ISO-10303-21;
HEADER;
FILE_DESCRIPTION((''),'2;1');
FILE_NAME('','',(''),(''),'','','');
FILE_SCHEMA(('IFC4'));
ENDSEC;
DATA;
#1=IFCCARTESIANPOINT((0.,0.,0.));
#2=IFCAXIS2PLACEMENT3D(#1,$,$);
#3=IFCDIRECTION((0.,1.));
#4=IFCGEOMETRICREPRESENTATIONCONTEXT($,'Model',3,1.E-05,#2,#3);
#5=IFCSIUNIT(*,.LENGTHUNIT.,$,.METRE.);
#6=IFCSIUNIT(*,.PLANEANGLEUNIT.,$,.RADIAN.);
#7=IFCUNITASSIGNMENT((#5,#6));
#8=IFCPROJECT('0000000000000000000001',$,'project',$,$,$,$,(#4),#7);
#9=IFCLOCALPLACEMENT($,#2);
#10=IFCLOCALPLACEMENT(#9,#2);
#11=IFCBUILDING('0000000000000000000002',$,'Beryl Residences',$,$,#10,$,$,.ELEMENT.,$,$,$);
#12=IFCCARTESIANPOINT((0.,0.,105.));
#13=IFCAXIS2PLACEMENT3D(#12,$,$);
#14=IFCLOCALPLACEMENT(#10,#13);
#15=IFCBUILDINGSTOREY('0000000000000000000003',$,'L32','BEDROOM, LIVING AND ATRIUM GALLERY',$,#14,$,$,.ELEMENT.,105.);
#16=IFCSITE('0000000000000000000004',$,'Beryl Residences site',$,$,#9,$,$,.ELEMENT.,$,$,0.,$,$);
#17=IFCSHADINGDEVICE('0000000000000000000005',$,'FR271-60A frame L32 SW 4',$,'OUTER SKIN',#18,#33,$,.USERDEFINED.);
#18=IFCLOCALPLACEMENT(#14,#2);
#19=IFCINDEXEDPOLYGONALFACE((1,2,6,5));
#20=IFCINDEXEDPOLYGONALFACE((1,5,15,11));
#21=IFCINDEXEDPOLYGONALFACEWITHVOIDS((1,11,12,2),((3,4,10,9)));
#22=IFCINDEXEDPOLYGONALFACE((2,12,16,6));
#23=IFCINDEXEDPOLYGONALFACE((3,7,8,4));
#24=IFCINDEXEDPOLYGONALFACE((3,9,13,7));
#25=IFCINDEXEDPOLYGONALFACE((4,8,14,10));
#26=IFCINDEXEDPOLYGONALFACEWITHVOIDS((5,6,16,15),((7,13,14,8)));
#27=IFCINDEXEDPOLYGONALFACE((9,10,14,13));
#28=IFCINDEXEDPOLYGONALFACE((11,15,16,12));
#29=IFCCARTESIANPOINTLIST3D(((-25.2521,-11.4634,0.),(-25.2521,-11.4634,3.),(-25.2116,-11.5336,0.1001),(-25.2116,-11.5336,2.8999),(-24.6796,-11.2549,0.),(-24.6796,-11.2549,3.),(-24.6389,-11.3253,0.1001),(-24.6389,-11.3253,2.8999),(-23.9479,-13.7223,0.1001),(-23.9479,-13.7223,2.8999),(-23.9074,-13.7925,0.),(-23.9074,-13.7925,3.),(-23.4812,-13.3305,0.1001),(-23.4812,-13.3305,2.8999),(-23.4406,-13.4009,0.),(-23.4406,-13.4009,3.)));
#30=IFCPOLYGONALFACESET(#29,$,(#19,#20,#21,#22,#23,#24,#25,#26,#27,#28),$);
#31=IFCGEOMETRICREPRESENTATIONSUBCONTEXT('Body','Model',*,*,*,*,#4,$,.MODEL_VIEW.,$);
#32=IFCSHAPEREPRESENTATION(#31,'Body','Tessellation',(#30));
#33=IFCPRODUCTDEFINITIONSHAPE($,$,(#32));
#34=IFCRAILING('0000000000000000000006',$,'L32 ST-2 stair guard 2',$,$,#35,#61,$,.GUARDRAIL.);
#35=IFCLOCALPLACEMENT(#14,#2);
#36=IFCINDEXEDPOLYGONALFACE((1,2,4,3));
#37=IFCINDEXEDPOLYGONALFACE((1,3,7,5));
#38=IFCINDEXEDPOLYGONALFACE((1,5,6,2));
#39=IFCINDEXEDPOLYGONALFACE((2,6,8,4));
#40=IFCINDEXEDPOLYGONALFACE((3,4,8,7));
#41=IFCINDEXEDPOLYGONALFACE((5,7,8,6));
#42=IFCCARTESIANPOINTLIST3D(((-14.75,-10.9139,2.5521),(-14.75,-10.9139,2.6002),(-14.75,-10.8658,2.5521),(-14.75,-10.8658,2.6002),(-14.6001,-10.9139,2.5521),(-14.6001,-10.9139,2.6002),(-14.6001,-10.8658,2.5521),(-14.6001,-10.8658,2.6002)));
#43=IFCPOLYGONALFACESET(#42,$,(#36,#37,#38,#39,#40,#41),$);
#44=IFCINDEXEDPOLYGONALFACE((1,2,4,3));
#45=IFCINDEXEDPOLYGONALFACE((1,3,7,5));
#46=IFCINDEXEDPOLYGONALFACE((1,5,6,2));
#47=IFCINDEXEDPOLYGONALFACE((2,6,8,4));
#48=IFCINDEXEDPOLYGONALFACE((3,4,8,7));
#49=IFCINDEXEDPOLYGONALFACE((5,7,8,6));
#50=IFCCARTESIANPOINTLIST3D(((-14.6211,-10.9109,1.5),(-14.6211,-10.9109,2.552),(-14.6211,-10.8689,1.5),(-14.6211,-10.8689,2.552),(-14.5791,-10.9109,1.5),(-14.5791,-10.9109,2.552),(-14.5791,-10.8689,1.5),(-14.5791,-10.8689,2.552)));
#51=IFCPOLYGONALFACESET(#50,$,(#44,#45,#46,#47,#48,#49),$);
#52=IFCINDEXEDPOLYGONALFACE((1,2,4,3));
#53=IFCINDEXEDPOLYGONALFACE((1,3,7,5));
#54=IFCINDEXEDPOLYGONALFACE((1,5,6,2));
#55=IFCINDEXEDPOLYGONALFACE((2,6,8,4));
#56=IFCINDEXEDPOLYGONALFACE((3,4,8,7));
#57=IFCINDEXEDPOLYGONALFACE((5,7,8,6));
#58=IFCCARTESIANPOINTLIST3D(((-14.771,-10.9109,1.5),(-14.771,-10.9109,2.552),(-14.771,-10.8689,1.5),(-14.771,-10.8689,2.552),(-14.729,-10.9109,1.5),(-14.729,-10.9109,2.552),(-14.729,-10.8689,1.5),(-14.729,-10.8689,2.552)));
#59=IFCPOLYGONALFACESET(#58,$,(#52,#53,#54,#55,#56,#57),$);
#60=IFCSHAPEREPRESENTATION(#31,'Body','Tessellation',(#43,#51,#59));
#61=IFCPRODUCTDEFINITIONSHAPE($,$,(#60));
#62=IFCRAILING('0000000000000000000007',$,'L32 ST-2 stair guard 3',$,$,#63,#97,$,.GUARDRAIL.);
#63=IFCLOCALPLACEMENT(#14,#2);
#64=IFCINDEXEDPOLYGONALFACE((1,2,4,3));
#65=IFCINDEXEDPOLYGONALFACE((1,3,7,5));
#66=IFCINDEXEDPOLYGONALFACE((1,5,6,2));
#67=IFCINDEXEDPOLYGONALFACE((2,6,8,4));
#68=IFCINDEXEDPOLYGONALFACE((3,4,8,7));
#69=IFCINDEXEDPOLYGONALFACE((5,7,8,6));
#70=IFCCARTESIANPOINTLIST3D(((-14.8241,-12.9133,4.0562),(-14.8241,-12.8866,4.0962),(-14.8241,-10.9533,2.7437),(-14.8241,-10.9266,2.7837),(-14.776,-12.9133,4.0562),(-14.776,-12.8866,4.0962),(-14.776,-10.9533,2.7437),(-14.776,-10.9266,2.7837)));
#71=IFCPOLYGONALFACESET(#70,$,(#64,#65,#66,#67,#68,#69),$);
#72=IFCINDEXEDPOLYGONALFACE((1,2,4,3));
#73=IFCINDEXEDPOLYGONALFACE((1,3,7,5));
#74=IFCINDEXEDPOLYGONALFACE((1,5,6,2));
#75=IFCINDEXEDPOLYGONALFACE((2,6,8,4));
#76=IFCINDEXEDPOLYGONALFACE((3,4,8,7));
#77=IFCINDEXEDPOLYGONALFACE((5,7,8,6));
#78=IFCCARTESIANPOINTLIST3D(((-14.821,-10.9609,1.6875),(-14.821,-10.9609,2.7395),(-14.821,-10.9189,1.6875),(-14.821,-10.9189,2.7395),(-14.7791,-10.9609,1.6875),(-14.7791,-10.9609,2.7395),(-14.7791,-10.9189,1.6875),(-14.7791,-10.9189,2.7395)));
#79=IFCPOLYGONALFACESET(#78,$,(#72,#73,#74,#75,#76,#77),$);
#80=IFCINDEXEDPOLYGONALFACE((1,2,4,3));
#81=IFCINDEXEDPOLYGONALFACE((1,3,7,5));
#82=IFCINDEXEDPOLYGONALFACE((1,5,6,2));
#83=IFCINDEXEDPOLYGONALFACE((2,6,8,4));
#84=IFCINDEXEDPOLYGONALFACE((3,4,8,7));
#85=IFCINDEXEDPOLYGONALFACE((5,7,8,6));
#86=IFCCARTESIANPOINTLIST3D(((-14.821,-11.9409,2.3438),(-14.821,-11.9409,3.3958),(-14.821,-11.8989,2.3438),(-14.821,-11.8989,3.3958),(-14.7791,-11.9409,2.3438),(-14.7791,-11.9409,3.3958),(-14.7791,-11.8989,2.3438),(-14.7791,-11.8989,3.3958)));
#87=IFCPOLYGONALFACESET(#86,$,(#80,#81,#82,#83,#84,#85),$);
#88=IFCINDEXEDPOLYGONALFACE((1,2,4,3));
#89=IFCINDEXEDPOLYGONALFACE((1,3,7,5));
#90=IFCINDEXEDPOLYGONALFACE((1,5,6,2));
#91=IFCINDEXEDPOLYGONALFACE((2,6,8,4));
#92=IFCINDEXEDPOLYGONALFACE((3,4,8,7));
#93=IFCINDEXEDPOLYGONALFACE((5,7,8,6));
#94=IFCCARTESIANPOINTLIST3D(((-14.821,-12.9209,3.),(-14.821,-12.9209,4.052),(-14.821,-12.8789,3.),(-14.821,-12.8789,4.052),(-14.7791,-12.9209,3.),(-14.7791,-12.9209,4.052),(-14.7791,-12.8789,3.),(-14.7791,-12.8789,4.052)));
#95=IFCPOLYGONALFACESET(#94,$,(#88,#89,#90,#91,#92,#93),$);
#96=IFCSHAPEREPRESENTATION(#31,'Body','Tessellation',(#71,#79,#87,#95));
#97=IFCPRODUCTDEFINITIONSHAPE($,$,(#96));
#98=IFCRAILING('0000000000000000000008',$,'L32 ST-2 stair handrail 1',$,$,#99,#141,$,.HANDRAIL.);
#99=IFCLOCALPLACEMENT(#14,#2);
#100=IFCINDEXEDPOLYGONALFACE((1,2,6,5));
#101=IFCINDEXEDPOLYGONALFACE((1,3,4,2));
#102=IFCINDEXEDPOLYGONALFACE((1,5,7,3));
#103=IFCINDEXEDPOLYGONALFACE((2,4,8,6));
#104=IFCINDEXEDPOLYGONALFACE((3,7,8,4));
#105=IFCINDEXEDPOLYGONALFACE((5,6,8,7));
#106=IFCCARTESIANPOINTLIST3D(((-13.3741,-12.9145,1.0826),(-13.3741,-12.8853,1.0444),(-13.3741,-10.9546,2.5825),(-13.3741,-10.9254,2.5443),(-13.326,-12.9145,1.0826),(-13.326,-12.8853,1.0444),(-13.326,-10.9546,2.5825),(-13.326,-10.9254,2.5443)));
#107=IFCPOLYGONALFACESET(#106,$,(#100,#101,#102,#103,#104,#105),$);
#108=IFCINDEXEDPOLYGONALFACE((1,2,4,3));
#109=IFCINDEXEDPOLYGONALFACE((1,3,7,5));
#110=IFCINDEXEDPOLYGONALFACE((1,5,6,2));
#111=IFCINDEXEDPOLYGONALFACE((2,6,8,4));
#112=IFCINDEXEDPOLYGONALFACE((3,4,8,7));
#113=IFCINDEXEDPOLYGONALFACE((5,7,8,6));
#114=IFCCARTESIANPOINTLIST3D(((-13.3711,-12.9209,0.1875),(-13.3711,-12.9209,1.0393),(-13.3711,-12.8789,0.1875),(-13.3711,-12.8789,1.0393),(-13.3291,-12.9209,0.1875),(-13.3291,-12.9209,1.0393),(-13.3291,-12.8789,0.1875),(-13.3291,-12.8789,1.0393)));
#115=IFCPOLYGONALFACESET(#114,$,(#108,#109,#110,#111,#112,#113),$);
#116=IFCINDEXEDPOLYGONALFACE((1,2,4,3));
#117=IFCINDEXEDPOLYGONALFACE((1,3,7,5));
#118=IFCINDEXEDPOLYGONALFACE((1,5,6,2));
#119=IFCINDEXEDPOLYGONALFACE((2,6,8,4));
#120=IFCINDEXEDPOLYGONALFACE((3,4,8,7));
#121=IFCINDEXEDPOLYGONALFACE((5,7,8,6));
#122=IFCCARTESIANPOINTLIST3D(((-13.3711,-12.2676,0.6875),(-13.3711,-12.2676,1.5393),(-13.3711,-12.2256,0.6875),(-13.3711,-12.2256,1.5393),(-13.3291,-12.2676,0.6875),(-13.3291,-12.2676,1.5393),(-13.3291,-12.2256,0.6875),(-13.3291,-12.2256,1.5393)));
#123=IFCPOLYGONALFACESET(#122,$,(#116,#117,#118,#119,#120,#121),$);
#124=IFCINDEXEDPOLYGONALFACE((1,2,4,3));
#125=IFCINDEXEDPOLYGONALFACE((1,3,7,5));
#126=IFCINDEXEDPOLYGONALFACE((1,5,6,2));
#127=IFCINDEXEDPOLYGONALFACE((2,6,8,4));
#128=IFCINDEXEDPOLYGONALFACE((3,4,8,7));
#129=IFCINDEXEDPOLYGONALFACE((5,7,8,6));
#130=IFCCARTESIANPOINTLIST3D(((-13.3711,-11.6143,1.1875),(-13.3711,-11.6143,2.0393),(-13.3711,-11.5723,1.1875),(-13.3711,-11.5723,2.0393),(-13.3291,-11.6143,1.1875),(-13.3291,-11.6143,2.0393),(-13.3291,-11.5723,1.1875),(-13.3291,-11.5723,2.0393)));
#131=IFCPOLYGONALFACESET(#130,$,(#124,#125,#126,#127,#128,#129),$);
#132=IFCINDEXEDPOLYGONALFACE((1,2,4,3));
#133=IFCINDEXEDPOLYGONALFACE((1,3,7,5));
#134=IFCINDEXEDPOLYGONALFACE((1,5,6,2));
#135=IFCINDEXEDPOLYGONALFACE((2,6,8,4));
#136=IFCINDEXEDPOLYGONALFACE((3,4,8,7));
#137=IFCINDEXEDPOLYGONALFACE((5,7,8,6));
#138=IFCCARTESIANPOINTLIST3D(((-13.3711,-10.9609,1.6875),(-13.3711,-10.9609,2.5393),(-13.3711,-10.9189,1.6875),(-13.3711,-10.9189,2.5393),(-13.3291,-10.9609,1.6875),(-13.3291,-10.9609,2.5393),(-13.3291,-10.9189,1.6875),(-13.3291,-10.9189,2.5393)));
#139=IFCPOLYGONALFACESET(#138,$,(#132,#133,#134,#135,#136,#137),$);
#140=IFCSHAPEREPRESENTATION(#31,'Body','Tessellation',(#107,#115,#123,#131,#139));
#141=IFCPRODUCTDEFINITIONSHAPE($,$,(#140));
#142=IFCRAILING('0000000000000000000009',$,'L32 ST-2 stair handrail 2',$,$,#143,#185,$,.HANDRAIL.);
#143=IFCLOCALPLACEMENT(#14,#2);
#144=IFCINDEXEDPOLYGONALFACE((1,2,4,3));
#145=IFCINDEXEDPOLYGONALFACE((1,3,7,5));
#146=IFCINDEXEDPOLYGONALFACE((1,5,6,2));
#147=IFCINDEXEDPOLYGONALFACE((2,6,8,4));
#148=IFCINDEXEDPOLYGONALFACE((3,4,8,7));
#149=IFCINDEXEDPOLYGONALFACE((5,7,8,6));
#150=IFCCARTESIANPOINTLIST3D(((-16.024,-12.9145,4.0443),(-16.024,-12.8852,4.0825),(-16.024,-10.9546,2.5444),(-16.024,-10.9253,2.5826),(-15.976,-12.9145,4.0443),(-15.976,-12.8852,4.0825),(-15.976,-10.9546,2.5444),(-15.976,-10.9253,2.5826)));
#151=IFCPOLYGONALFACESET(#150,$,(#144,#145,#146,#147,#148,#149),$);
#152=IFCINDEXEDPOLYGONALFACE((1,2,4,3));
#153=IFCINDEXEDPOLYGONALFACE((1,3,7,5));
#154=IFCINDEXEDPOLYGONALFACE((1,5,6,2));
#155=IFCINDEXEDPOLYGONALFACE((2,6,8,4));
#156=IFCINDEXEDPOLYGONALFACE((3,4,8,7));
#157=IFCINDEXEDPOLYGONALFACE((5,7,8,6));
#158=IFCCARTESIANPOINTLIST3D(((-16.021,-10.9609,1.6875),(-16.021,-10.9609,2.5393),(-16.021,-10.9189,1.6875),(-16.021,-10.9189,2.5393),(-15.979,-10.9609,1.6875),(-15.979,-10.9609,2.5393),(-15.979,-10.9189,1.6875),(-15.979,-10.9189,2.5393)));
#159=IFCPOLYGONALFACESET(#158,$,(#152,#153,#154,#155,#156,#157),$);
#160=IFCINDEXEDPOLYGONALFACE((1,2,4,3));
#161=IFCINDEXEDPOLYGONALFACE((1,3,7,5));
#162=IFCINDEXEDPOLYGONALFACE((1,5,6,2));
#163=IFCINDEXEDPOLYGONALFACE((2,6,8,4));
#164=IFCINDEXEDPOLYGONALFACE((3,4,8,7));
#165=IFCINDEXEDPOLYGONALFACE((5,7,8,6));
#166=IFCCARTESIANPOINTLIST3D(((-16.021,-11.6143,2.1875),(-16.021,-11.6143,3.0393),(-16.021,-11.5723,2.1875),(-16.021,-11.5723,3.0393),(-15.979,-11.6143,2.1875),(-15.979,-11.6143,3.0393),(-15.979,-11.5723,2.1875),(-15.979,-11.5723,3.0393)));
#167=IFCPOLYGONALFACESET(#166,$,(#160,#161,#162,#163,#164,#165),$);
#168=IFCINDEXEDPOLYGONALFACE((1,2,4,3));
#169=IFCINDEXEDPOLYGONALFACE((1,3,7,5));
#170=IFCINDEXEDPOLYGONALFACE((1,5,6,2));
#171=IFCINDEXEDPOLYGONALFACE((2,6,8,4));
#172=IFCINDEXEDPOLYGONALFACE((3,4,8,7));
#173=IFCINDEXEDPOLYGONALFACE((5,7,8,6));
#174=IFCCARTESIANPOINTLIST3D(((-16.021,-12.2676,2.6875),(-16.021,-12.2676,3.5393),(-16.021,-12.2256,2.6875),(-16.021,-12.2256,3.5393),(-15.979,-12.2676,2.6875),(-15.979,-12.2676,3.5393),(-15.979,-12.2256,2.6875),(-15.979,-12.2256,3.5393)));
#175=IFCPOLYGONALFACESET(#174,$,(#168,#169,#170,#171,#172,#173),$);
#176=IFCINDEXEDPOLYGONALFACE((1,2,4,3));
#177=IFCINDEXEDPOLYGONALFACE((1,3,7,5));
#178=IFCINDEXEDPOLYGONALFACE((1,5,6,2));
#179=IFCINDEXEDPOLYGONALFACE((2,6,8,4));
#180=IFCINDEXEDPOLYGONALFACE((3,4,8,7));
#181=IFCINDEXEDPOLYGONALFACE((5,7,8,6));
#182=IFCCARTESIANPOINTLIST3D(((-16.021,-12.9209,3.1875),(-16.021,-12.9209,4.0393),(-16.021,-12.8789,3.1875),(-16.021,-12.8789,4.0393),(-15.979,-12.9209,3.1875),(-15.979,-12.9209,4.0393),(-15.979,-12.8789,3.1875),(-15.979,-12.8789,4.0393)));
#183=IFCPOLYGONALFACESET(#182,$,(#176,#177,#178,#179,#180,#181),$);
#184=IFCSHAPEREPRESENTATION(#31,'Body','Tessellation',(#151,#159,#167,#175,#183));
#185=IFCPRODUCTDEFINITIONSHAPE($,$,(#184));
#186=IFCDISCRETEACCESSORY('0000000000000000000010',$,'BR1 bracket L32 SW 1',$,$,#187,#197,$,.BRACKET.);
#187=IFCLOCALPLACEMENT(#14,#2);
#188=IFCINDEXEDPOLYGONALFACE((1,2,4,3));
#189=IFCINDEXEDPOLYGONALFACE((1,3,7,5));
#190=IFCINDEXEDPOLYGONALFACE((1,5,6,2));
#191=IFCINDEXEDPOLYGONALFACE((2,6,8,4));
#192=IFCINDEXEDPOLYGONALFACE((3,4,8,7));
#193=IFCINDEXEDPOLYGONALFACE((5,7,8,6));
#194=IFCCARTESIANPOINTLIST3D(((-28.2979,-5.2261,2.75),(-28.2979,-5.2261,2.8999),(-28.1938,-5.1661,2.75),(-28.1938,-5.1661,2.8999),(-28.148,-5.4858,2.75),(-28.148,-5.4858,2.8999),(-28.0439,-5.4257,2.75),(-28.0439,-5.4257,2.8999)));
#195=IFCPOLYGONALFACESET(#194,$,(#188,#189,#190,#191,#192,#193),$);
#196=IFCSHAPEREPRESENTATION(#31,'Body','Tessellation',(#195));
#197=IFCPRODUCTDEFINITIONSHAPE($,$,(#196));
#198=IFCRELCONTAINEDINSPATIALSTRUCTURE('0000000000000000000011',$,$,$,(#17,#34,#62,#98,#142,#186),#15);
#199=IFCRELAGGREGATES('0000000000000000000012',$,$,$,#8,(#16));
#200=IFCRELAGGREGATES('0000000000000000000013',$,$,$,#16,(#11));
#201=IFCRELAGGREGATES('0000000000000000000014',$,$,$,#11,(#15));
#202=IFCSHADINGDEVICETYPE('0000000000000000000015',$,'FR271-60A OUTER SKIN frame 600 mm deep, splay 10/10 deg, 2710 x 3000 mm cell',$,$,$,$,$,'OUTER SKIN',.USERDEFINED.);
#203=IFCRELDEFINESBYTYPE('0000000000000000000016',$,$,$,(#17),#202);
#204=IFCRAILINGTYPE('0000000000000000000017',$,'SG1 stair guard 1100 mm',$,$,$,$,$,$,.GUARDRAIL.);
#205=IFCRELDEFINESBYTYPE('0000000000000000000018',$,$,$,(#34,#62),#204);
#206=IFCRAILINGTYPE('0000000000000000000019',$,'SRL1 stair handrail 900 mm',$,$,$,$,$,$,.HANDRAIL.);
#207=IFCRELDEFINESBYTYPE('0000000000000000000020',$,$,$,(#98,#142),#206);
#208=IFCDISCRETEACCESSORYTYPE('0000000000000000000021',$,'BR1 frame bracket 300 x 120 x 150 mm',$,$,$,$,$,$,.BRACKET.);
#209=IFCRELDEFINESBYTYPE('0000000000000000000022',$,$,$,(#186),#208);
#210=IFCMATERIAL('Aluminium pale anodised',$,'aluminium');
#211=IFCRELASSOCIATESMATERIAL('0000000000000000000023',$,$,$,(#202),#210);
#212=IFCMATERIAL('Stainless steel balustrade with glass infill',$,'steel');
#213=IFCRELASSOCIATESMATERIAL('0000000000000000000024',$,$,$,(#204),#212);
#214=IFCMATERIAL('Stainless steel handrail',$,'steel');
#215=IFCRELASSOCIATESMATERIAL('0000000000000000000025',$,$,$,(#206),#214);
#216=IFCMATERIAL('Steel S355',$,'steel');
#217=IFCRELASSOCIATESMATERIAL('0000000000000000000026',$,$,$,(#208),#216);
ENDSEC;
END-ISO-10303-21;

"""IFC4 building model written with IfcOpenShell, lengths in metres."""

from ifc_helpers import new_model, entity, si_unit, direction, frame, origin, origin_2d, place, context, subcontext, project, spatial, polyline, rectangle, outline, extrude, source, transform, mapped, material, type_object, type_shapes, element, save


model = new_model("IFC4")

# Units and contexts
model_context = context("Model", 3, precision=1e-05, world=origin(), true_north=direction((0.0, 1.0)))
body_context = subcontext(model_context, "Body", "Model", "MODEL_VIEW")
ifc_project = project(units=[si_unit("LENGTHUNIT", "METRE"), si_unit("PLANEANGLEUNIT", "RADIAN")], contexts=[model_context])

# Site, building, storey
site_placement = place(None, origin())
site = spatial("IfcSite", under=ifc_project, at=site_placement, Name="Beryl Residences site", CompositionType="ELEMENT", RefElevation=0.0)
building_placement = place(site_placement, origin())
building = spatial("IfcBuilding", under=site, at=building_placement, Name="Beryl Residences", CompositionType="ELEMENT")
storey_placement = place(building_placement, frame((0.0, 0.0, 105.0)))
storey = spatial("IfcBuildingStorey", under=building, at=storey_placement, Name="L32", Description="BEDROOM, LIVING AND ATRIUM GALLERY", CompositionType="ELEMENT", Elevation=105.0)

# Shading device
ifc_material_1 = material(Name="Aluminium pale anodised", Category="aluminium")
shading_device_type = type_object("IfcShadingDeviceType", Name="FR271-60A OUTER SKIN frame 600 mm deep, splay 10/10 deg, 2710 x 3000 mm cell", ElementType="OUTER SKIN", PredefinedType="USERDEFINED", material=ifc_material_1)
cartesian_point_1 = entity("IfcCartesianPoint", [-1.239, 0.0])
cartesian_point_2 = entity("IfcCartesianPoint", [-1.1577, 0.1001])
cartesian_point_3 = entity("IfcCartesianPoint", [-1.3447, 0.0])
cartesian_point_4 = entity("IfcCartesianPoint", [-1.2637, 0.1001])
shared_shape_1 = source(origin(), body_context, "Body", "SweptSolid", [
    entity("IfcExtrudedAreaSolidTapered", entity("IfcArbitraryProfileDefWithVoids", "AREA", None, entity("IfcPolyline", [cartesian_point_1, entity("IfcCartesianPoint", [1.239, 0.0]), entity("IfcCartesianPoint", [1.239, 3.0]), entity("IfcCartesianPoint", [-1.239, 3.0]), cartesian_point_1]), [entity("IfcPolyline", [cartesian_point_2, entity("IfcCartesianPoint", [1.1577, 0.1001]), entity("IfcCartesianPoint", [1.1577, 2.8999]), entity("IfcCartesianPoint", [-1.1577, 2.8999]), cartesian_point_2])]), entity("IfcAxis2Placement3D", entity("IfcCartesianPoint", [0.0, 0.0, 0.0]), entity("IfcDirection", [0.0, 1.0, 0.0]), entity("IfcDirection", [-1.0, 0.0, 0.0])), entity("IfcDirection", [0.0, 0.0, 1.0]), 0.6001, entity("IfcArbitraryProfileDefWithVoids", "AREA", None, entity("IfcPolyline", [cartesian_point_3, entity("IfcCartesianPoint", [1.3447, 0.0]), entity("IfcCartesianPoint", [1.3447, 3.0]), entity("IfcCartesianPoint", [-1.3447, 3.0]), cartesian_point_3]), [entity("IfcPolyline", [cartesian_point_4, entity("IfcCartesianPoint", [1.2637, 0.1001]), entity("IfcCartesianPoint", [1.2637, 2.8999]), entity("IfcCartesianPoint", [-1.2637, 2.8999]), cartesian_point_4])])),
])
type_shapes(shading_device_type, [shared_shape_1])
for number, where, z_axis, x_axis, name in (
    (1, (-24.0601, -12.3279, 0.0), (0.0, 0.0, 1.0), (-0.5, 0.866025, 0.0), "FR271-60A frame L32 SW 4"),
):
    element("IfcShadingDevice", number, at=place(storey_placement, frame(where, z_axis=z_axis, x_axis=x_axis)), inside=storey, type_object=shading_device_type, Name=name, ObjectType="OUTER SKIN", PredefinedType="USERDEFINED", context=body_context, shape_type="MappedRepresentation", body=[
        mapped(shared_shape_1, transform((0.0, 0.0, 0.0))),
    ])

# Railings
ifc_material_2 = material(Name="Stainless steel balustrade with glass infill", Category="steel")
railing_type_1 = type_object("IfcRailingType", Name="SG1 stair guard 1100 mm", PredefinedType="GUARDRAIL", material=ifc_material_2)
railing_1_placement = place(storey_placement, frame((-14.6001, -10.8899, 1.5)))
element("IfcRailing", 2, at=railing_1_placement, inside=storey, type_object=railing_type_1, Name="L32 ST-2 stair guard 2", PredefinedType="GUARDRAIL", context=body_context, shape_type="SweptSolid", body=[
    extrude(rectangle(XDim=0.0481, YDim=0.0481, at=origin_2d()), frame((0.0, 0.0, 1.0762), z_axis=(-1.0, 0.0, 0.0), x_axis=(0.0, -1.0, 0.0)), (0.0, 0.0, 1.0), 0.1499),
    extrude(rectangle(XDim=0.042, YDim=0.042, at=origin_2d()), origin(), (0.0, 0.0, 1.0), 1.052),
    extrude(rectangle(XDim=0.042, YDim=0.042, at=origin_2d()), frame((-0.1499, 0.0, 0.0)), (0.0, 0.0, 1.0), 1.052),
])
railing_2_placement = place(storey_placement, frame((-14.8, -10.9399, 1.6875)))
element("IfcRailing", 3, at=railing_2_placement, inside=storey, type_object=railing_type_1, Name="L32 ST-2 stair guard 3", PredefinedType="GUARDRAIL", context=body_context, shape_type="SweptSolid", body=[
    extrude(rectangle(XDim=0.0481, YDim=0.0481, at=origin_2d()), frame((0.0, 0.0, 1.0762), z_axis=(0.0, -0.830902, 0.556419), x_axis=(1.0, 0.0, 0.0)), (0.0, 0.0, 1.0), 2.3589),
    extrude(rectangle(XDim=0.042, YDim=0.042, at=origin_2d()), origin(), (0.0, 0.0, 1.0), 1.052),
    extrude(rectangle(XDim=0.042, YDim=0.042, at=origin_2d()), frame((0.0, -0.98, 0.6562)), (0.0, 0.0, 1.0), 1.052),
    extrude(rectangle(XDim=0.042, YDim=0.042, at=origin_2d()), frame((0.0, -1.96, 1.3125)), (0.0, 0.0, 1.0), 1.052),
])
ifc_material_3 = material(Name="Stainless steel handrail", Category="steel")
railing_type_2 = type_object("IfcRailingType", Name="SRL1 stair handrail 900 mm", PredefinedType="HANDRAIL", material=ifc_material_3)
railing_3_placement = place(storey_placement, frame((-13.3501, -12.8999, 0.1875)))
element("IfcRailing", 4, at=railing_3_placement, inside=storey, type_object=railing_type_2, Name="L32 ST-2 stair handrail 1", PredefinedType="HANDRAIL", context=body_context, shape_type="SweptSolid", body=[
    extrude(rectangle(XDim=0.0481, YDim=0.0481, at=origin_2d()), frame((0.0, 0.0, 0.876), z_axis=(0.0, 0.794122, 0.607758), x_axis=(-1.0, 0.0, 0.0)), (0.0, 0.0, 1.0), 2.468),
    extrude(rectangle(XDim=0.042, YDim=0.042, at=origin_2d()), origin(), (0.0, 0.0, 1.0), 0.8518),
    extrude(rectangle(XDim=0.042, YDim=0.042, at=origin_2d()), frame((0.0, 0.6533, 0.5)), (0.0, 0.0, 1.0), 0.8518),
    extrude(rectangle(XDim=0.042, YDim=0.042, at=origin_2d()), frame((0.0, 1.3066, 1.0)), (0.0, 0.0, 1.0), 0.8518),
    extrude(rectangle(XDim=0.042, YDim=0.042, at=origin_2d()), frame((0.0, 1.96, 1.5)), (0.0, 0.0, 1.0), 0.8518),
])
railing_4_placement = place(storey_placement, frame((-16.0, -10.9399, 1.6875)))
element("IfcRailing", 5, at=railing_4_placement, inside=storey, type_object=railing_type_2, Name="L32 ST-2 stair handrail 2", PredefinedType="HANDRAIL", context=body_context, shape_type="SweptSolid", body=[
    extrude(rectangle(XDim=0.0481, YDim=0.0481, at=origin_2d()), frame((0.0, 0.0, 0.876), z_axis=(0.0, -0.794122, 0.607758), x_axis=(1.0, 0.0, 0.0)), (0.0, 0.0, 1.0), 2.468),
    extrude(rectangle(XDim=0.042, YDim=0.042, at=origin_2d()), origin(), (0.0, 0.0, 1.0), 0.8518),
    extrude(rectangle(XDim=0.042, YDim=0.042, at=origin_2d()), frame((0.0, -0.6533, 0.5)), (0.0, 0.0, 1.0), 0.8518),
    extrude(rectangle(XDim=0.042, YDim=0.042, at=origin_2d()), frame((0.0, -1.3066, 1.0)), (0.0, 0.0, 1.0), 0.8518),
    extrude(rectangle(XDim=0.042, YDim=0.042, at=origin_2d()), frame((0.0, -1.96, 1.5)), (0.0, 0.0, 1.0), 0.8518),
])

# Discrete accessory
ifc_material_4 = material(Name="Steel S355", Category="steel")
discrete_accessory_type = type_object("IfcDiscreteAccessoryType", Name="BR1 frame bracket 300 x 120 x 150 mm", PredefinedType="BRACKET", material=ifc_material_4)
shared_shape_2 = source(origin(), body_context, "Body", "SweptSolid", [
    extrude(outline(polyline([(-0.1499, 0.0), (0.1499, 0.0), (0.1499, 0.1201), (-0.1499, 0.1201), (-0.1499, 0.0)])), origin(), (0.0, 0.0, 1.0), 0.1499),
])
type_shapes(discrete_accessory_type, [shared_shape_2])
discrete_accessory_placement = place(storey_placement, frame((-28.1189, -5.2959, 2.75), z_axis=(0.0, 0.0, 1.0), x_axis=(-0.5, 0.866025, 0.0)))
element("IfcDiscreteAccessory", 6, at=discrete_accessory_placement, inside=storey, type_object=discrete_accessory_type, Name="BR1 bracket L32 SW 1", PredefinedType="BRACKET", context=body_context, shape_type="MappedRepresentation", body=[
    mapped(shared_shape_2, transform((0.0, 0.0, 0.0))),
])

save(model, "model.ifc")
